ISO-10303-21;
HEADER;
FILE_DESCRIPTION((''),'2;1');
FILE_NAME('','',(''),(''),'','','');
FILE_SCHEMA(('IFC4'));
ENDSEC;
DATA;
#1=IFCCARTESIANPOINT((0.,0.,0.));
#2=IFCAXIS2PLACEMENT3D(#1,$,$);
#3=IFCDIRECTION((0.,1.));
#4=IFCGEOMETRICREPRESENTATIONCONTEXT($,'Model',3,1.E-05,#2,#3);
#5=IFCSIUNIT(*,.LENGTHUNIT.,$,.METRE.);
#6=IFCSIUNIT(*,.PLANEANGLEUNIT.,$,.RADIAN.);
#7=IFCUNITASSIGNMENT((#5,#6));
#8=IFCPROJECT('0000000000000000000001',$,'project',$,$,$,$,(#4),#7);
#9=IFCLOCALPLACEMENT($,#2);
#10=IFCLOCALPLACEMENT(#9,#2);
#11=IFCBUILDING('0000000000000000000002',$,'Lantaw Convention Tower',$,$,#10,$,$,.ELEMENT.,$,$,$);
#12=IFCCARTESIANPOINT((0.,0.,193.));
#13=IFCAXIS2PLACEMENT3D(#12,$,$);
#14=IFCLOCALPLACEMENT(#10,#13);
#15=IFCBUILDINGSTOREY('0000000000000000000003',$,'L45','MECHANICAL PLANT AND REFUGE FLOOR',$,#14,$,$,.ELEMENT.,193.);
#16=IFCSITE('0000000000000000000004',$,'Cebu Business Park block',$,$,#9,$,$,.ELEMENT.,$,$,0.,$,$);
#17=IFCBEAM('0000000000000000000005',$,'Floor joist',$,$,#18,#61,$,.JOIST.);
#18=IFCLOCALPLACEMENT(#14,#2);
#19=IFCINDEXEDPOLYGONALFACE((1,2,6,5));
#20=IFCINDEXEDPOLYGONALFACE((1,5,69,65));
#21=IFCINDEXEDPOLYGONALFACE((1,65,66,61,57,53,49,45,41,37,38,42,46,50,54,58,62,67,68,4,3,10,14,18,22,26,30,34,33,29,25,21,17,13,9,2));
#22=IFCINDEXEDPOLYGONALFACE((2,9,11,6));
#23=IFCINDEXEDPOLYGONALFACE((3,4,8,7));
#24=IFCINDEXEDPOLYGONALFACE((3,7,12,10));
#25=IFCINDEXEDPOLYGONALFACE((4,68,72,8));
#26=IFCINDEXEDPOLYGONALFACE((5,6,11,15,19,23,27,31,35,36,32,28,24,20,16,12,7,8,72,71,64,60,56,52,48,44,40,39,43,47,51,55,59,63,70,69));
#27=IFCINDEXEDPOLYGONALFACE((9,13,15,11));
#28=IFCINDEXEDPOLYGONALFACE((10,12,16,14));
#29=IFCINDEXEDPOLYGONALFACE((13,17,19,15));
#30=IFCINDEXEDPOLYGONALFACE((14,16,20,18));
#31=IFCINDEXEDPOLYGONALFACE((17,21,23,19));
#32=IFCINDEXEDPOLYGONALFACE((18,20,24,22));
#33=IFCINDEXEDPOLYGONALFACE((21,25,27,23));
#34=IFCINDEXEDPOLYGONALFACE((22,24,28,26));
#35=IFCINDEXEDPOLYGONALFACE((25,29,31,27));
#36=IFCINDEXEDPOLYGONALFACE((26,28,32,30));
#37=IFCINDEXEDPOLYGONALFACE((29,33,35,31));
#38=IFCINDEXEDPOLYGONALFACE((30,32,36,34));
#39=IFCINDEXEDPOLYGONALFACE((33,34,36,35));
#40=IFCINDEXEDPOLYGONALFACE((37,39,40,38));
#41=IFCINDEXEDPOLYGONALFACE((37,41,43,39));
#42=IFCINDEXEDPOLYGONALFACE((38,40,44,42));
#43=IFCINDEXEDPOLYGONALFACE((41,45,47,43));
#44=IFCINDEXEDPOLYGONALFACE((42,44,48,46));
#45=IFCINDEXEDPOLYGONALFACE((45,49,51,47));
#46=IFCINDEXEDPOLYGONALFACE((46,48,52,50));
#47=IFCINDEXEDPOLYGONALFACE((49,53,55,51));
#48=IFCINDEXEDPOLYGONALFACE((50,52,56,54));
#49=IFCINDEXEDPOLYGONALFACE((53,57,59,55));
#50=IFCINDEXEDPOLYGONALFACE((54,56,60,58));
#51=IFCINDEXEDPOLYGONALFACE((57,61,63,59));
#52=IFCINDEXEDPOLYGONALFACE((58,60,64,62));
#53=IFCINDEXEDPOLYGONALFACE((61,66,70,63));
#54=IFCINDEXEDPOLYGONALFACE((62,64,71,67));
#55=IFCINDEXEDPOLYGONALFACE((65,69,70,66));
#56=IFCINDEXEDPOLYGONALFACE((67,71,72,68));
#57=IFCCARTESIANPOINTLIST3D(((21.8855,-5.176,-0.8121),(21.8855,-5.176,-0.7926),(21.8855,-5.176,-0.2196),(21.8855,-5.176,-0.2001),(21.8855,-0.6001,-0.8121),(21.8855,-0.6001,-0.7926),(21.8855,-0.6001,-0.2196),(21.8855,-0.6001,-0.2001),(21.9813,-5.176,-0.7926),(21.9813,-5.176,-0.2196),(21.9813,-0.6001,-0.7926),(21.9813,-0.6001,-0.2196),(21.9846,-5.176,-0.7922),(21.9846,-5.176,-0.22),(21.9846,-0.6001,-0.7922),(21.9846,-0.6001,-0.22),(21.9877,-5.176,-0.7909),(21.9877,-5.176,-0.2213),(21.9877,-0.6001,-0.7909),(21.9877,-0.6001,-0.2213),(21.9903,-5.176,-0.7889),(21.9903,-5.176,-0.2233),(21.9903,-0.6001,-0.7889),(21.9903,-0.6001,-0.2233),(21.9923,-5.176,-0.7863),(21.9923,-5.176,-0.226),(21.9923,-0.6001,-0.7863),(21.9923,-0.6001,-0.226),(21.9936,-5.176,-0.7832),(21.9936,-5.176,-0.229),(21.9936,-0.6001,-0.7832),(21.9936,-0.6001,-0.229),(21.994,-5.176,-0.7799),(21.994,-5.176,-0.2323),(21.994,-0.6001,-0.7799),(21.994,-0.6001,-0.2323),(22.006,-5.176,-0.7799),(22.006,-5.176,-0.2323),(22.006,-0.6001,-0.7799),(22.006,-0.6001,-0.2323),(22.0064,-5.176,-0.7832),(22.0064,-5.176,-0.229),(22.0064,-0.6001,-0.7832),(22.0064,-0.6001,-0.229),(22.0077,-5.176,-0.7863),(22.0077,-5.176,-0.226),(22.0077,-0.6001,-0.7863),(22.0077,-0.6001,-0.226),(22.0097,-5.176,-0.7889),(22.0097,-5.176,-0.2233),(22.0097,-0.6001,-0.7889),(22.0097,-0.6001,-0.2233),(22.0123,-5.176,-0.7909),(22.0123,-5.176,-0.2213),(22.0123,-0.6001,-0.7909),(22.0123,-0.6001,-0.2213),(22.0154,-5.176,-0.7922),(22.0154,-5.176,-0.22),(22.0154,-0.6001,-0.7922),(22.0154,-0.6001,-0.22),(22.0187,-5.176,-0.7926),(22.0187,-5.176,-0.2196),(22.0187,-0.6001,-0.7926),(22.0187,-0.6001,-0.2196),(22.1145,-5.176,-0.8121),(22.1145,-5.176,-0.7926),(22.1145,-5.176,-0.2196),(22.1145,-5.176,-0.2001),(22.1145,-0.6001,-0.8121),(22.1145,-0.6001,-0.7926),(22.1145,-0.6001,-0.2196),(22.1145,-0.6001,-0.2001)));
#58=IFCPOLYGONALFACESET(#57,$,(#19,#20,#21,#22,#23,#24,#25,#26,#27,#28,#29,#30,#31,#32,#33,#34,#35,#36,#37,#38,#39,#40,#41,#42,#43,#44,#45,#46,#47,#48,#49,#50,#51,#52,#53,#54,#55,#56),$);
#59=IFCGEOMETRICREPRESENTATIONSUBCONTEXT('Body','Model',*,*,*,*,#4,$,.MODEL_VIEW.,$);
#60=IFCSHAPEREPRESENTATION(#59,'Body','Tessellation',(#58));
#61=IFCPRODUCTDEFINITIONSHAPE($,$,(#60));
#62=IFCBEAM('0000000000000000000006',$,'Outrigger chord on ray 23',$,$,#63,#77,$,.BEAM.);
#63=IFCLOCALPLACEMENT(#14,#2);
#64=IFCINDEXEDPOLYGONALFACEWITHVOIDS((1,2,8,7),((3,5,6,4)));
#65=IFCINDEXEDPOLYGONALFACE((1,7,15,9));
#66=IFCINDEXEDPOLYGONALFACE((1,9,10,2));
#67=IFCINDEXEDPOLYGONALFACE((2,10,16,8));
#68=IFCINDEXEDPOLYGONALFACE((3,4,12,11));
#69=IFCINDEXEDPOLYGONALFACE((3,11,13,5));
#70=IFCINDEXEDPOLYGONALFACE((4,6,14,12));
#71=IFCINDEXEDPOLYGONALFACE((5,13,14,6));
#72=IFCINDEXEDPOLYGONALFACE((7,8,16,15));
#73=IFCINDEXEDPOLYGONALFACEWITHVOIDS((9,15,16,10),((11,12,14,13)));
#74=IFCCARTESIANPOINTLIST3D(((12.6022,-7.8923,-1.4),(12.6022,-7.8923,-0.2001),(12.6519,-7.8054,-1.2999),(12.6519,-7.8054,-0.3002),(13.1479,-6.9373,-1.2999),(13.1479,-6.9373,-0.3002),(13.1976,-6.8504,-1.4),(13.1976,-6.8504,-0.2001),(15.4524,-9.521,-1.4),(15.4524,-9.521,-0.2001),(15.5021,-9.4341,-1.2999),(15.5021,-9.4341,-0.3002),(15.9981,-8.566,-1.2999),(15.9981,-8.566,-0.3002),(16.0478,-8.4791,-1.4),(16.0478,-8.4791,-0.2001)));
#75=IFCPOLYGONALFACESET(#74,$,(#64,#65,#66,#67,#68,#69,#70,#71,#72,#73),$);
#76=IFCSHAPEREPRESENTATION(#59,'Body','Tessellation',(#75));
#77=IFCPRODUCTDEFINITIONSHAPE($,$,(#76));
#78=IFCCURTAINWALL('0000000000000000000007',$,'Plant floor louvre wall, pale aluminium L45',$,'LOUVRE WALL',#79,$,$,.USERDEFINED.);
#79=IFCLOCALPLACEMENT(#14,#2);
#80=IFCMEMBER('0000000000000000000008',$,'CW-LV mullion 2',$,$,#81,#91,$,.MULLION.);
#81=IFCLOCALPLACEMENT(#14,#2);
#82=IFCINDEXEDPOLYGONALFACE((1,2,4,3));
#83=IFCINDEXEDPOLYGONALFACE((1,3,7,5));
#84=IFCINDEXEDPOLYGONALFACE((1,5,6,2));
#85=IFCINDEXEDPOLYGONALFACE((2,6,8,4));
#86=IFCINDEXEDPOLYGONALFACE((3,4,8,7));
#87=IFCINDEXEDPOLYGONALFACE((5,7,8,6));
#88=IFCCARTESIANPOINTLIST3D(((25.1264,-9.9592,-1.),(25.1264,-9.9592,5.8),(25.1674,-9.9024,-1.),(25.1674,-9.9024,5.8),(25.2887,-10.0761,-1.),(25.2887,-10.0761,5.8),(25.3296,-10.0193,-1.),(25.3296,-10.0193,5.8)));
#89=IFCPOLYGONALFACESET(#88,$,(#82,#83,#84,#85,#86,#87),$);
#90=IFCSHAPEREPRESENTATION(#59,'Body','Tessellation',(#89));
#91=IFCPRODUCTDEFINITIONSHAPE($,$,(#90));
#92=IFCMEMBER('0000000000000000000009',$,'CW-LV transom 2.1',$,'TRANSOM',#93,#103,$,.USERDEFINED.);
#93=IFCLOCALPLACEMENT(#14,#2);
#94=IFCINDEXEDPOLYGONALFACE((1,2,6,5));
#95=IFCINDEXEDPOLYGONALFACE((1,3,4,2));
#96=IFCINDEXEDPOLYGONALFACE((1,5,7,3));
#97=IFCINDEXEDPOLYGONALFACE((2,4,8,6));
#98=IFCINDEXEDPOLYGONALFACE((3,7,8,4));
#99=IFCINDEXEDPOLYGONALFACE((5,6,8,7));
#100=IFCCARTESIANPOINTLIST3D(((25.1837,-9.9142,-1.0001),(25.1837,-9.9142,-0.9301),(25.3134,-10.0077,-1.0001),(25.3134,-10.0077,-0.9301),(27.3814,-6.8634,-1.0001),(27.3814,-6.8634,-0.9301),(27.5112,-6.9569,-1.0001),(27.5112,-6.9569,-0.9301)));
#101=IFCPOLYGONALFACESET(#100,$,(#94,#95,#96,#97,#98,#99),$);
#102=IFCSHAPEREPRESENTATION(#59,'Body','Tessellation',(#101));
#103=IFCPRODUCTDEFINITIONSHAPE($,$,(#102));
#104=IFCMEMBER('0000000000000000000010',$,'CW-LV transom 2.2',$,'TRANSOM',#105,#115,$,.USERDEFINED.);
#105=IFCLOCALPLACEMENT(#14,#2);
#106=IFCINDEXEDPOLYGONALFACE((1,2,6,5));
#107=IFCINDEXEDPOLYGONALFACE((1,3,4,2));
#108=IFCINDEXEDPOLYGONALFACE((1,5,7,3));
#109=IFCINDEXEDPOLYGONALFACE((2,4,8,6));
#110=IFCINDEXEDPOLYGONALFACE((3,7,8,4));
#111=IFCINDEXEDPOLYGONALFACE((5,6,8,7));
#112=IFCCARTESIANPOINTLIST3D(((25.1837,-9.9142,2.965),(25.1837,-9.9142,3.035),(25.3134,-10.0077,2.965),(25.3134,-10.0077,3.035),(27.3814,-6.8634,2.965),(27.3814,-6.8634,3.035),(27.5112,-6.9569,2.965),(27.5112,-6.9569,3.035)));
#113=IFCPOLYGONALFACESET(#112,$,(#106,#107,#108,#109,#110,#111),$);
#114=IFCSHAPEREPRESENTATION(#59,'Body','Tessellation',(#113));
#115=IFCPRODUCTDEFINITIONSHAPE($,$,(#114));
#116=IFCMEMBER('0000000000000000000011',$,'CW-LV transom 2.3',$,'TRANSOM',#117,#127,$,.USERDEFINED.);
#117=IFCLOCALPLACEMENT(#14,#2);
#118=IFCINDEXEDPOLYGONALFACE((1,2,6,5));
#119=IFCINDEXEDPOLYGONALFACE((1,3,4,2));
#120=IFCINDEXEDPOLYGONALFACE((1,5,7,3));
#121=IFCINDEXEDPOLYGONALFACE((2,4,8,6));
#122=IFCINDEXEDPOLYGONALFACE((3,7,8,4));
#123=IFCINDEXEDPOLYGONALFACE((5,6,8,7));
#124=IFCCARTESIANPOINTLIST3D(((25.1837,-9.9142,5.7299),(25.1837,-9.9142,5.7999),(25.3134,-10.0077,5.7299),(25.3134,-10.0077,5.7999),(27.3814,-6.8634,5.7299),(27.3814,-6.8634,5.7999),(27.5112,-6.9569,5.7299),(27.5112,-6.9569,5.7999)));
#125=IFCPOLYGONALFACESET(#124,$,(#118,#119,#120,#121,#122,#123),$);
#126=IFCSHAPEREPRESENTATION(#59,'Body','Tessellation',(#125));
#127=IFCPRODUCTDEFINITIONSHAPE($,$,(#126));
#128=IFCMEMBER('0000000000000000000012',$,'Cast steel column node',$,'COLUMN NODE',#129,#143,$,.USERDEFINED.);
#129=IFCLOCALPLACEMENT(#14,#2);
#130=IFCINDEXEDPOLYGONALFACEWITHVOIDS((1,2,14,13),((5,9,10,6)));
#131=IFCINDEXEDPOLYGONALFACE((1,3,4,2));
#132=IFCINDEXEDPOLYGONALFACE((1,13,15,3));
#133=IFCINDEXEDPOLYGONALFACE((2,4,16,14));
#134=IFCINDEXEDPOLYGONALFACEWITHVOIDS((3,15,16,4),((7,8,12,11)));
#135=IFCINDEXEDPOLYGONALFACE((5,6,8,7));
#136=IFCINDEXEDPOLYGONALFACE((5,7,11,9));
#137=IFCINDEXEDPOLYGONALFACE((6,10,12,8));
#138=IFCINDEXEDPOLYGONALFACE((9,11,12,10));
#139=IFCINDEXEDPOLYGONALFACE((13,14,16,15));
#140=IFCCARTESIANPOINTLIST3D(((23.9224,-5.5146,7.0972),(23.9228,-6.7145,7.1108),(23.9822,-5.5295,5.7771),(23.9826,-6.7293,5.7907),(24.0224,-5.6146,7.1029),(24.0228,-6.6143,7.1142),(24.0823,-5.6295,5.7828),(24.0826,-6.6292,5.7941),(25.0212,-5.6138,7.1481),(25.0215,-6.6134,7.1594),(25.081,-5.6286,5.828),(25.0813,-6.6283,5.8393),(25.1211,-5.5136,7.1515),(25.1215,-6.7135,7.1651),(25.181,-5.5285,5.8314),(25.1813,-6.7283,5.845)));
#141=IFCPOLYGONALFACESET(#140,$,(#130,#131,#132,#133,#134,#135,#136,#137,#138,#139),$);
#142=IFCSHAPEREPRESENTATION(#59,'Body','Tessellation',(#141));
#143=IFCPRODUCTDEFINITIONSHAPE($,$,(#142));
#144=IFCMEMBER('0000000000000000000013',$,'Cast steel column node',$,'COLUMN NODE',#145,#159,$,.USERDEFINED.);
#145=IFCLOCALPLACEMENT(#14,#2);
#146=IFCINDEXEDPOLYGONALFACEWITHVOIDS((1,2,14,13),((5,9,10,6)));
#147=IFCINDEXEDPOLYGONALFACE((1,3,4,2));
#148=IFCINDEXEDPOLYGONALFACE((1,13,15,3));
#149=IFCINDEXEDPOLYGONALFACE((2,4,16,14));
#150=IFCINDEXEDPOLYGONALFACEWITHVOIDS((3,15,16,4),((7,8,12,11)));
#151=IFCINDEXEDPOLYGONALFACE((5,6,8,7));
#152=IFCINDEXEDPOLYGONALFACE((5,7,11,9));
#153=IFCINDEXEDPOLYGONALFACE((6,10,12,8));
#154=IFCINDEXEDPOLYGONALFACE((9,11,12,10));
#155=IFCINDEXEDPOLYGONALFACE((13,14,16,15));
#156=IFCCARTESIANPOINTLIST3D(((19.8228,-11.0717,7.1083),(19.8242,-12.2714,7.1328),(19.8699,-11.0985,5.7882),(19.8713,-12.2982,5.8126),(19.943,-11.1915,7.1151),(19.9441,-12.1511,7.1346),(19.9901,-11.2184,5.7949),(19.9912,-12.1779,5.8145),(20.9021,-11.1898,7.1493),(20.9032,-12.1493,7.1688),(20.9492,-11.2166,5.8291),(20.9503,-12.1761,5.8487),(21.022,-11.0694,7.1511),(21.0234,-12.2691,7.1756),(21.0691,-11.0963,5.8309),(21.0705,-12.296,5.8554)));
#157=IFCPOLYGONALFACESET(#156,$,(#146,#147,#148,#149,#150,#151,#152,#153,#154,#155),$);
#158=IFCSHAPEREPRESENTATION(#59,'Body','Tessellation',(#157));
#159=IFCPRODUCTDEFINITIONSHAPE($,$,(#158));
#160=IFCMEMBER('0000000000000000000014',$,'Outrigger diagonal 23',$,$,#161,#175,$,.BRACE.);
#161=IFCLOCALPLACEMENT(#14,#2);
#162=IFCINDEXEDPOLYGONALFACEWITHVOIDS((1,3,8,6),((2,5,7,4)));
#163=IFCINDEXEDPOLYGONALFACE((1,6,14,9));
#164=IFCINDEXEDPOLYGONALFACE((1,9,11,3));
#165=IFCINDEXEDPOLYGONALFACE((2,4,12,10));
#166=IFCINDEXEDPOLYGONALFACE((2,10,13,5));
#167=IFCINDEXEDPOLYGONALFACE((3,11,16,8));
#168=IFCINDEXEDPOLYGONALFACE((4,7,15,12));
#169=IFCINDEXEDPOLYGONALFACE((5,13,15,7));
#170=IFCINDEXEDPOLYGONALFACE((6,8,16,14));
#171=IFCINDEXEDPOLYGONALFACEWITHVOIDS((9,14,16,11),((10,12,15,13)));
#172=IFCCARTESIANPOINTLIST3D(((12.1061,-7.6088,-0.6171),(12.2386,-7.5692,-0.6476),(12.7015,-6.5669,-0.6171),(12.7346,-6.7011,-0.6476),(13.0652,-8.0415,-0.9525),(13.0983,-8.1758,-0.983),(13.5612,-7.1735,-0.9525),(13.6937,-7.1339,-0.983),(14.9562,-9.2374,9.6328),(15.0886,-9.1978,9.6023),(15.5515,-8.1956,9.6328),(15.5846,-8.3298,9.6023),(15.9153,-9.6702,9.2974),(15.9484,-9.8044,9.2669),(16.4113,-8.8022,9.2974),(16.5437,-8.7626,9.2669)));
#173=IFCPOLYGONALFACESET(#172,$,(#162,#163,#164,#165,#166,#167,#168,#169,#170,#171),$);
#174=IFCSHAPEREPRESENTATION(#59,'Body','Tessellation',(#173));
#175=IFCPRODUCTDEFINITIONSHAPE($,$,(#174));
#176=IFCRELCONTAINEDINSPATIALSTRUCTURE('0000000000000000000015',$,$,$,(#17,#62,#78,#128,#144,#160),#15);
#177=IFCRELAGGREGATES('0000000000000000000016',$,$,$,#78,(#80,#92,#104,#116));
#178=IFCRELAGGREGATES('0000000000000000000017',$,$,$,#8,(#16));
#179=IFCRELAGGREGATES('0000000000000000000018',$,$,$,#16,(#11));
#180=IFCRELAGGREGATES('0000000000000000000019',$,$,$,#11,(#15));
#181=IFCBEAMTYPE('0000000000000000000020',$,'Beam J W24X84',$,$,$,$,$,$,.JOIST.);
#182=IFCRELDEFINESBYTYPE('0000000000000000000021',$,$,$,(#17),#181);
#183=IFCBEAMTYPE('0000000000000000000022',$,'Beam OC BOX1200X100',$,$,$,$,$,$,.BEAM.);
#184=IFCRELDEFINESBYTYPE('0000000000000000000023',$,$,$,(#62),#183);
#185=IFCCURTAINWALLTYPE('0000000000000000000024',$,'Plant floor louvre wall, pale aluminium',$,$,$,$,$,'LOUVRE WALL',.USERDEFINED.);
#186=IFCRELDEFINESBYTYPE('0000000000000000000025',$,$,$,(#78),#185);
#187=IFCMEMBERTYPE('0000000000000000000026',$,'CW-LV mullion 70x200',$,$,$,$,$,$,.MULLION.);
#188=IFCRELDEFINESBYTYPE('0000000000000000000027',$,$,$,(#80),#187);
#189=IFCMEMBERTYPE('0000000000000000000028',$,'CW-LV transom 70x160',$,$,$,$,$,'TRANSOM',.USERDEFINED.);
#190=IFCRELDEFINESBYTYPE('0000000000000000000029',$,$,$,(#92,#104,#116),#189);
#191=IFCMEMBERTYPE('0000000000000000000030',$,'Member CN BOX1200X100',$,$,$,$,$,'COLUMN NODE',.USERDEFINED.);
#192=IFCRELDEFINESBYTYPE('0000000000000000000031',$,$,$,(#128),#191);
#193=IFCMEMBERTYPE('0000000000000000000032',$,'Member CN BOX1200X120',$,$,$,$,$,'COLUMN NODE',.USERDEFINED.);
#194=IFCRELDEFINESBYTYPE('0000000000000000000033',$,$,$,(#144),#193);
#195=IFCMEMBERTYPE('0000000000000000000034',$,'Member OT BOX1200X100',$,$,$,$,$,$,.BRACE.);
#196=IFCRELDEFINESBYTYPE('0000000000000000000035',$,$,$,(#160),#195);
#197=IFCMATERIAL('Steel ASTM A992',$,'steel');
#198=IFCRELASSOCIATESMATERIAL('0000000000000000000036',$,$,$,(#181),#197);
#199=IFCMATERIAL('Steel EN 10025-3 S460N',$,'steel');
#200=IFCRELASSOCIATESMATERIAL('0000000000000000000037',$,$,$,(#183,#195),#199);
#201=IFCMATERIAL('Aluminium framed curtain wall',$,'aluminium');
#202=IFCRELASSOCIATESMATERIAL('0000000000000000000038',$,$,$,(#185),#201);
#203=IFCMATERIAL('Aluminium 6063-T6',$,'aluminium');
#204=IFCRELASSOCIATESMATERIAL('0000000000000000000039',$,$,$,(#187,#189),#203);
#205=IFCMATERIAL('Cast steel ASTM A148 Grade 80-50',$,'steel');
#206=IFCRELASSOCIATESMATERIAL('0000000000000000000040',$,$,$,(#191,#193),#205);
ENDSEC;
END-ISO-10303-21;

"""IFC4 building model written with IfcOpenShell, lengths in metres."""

from ifc_helpers import new_model, si_unit, direction, frame, origin, origin_2d, place, context, subcontext, project, spatial, rectangle, hollow_rectangle, i_section, extrude, material, material_profile, profile_set, type_object, element, aggregate, save


model = new_model("IFC4")

# Units and contexts
model_context = context("Model", 3, precision=1e-05, world=origin(), true_north=direction((0.0, 1.0)))
body_context = subcontext(model_context, "Body", "Model", "MODEL_VIEW")
ifc_project = project(units=[si_unit("LENGTHUNIT", "METRE"), si_unit("PLANEANGLEUNIT", "RADIAN")], contexts=[model_context])

# Site, building, storey
site_placement = place(None, origin())
site = spatial("IfcSite", under=ifc_project, at=site_placement, Name="Cebu Business Park block", CompositionType="ELEMENT", RefElevation=0.0)
building_placement = place(site_placement, origin())
building = spatial("IfcBuilding", under=site, at=building_placement, Name="Lantaw Convention Tower", CompositionType="ELEMENT")
storey_placement = place(building_placement, frame((0.0, 0.0, 193.0)))
storey = spatial("IfcBuildingStorey", under=building, at=storey_placement, Name="L45", Description="MECHANICAL PLANT AND REFUGE FLOOR", CompositionType="ELEMENT", Elevation=193.0)

# Shared definitions
ifc_material_1 = material(Name="Steel EN 10025-3 S460N", Category="steel")

# Beams
ifc_material_2 = material(Name="Steel ASTM A992", Category="steel")
ifc_material_profile_1 = material_profile(ifc_material_2, i_section(OverallWidth=0.229, OverallDepth=0.6121, WebThickness=0.012, FlangeThickness=0.0195, FilletRadius=0.0127, at=origin_2d()), Name="W24X84")
ifc_profile_set_1 = profile_set([ifc_material_profile_1], Name="Steel ASTM A992")
beam_type_1 = type_object("IfcBeamType", Name="Beam J W24X84", PredefinedType="JOIST", material=ifc_profile_set_1)
beam_1_placement = place(storey_placement, frame((22.0, -5.176, -0.5061), z_axis=(0.0, 1.0, 0.0), x_axis=(-1.0, 0.0, 0.0)))
element("IfcBeam", 1, at=beam_1_placement, inside=storey, type_object=beam_type_1, Name="Floor joist", PredefinedType="JOIST", context=body_context, shape_type="SweptSolid", body=[
    extrude(i_section(OverallWidth=0.229, OverallDepth=0.6121, WebThickness=0.012, FlangeThickness=0.0195, FilletRadius=0.0127, at=origin_2d()), origin(), (0.0, 0.0, 1.0), 4.5759),
])
ifc_material_profile_2 = material_profile(ifc_material_1, hollow_rectangle(XDim=1.2, YDim=1.2, WallThickness=0.1001, at=origin_2d()), Name="BOX1200X100")
ifc_profile_set_2 = profile_set([ifc_material_profile_2], Name="Steel EN 10025-3 S460N")
beam_type_2 = type_object("IfcBeamType", Name="Beam OC BOX1200X100", PredefinedType="BEAM", material=ifc_profile_set_2)
beam_2_placement = place(storey_placement, frame((12.8999, -7.3713, -0.8), z_axis=(0.868239, -0.496147, 0.0), x_axis=(0.496147, 0.868239, 0.0)))
element("IfcBeam", 2, at=beam_2_placement, inside=storey, type_object=beam_type_2, Name="Outrigger chord on ray 23", PredefinedType="BEAM", context=body_context, shape_type="SweptSolid", body=[
    extrude(hollow_rectangle(XDim=1.2, YDim=1.2, WallThickness=0.1001, at=origin_2d()), origin(), (0.0, 0.0, 1.0), 3.2827),
])

# Curtain wall, members
ifc_material_3 = material(Name="Aluminium framed curtain wall", Category="aluminium")
curtain_wall_type = type_object("IfcCurtainWallType", Name="Plant floor louvre wall, pale aluminium", ElementType="LOUVRE WALL", PredefinedType="USERDEFINED", material=ifc_material_3)
curtain_wall_placement = place(storey_placement, origin())
curtain_wall = element("IfcCurtainWall", 3, at=curtain_wall_placement, inside=storey, type_object=curtain_wall_type, Name="Plant floor louvre wall, pale aluminium L45", ObjectType="LOUVRE WALL", PredefinedType="USERDEFINED")
ifc_material_4 = material(Name="Aluminium 6063-T6", Category="aluminium")
ifc_material_profile_3 = material_profile(ifc_material_4, rectangle(XDim=0.2, YDim=0.0701, at=origin_2d()), Name="CW-LV mullion 70x200")
ifc_profile_set_3 = profile_set([ifc_material_profile_3], Name="Aluminium 6063-T6")
member_type_1 = type_object("IfcMemberType", Name="CW-LV mullion 70x200", PredefinedType="MULLION", material=ifc_profile_set_3)
member_1_placement = place(storey_placement, frame((25.228, -9.9893, -1.0), z_axis=(0.0, 0.0, 1.0), x_axis=(-0.811385, 0.584513, 0.0)))
member_1 = element("IfcMember", 4, at=member_1_placement, type_object=member_type_1, Name="CW-LV mullion 2", PredefinedType="MULLION", context=body_context, shape_type="SweptSolid", body=[
    extrude(rectangle(XDim=0.2, YDim=0.0701, at=origin_2d()), origin(), (0.0, 0.0, 1.0), 6.8),
])
ifc_material_profile_4 = material_profile(ifc_material_4, rectangle(XDim=0.1599, YDim=0.0701, at=origin_2d()), Name="CW-LV transom 70x160")
ifc_profile_set_4 = profile_set([ifc_material_profile_4], Name="Aluminium 6063-T6")
member_type_2 = type_object("IfcMemberType", Name="CW-LV transom 70x160", ElementType="TRANSOM", PredefinedType="USERDEFINED", material=ifc_profile_set_4)
member_2_placement = place(storey_placement, frame((25.2485, -9.9609, -0.9651), z_axis=(0.584513, 0.811384, 0.0), x_axis=(-0.811384, 0.584513, 0.0)))
member_2 = element("IfcMember", 5, at=member_2_placement, type_object=member_type_2, Name="CW-LV transom 2.1", ObjectType="TRANSOM", PredefinedType="USERDEFINED", context=body_context, shape_type="SweptSolid", body=[
    extrude(rectangle(XDim=0.1599, YDim=0.0701, at=origin_2d()), origin(), (0.0, 0.0, 1.0), 3.76),
])
member_3_placement = place(storey_placement, frame((25.2485, -9.9609, 3.0), z_axis=(0.584513, 0.811384, 0.0), x_axis=(-0.811384, 0.584513, 0.0)))
member_3 = element("IfcMember", 6, at=member_3_placement, type_object=member_type_2, Name="CW-LV transom 2.2", ObjectType="TRANSOM", PredefinedType="USERDEFINED", context=body_context, shape_type="SweptSolid", body=[
    extrude(rectangle(XDim=0.1599, YDim=0.0701, at=origin_2d()), origin(), (0.0, 0.0, 1.0), 3.76),
])
member_4_placement = place(storey_placement, frame((25.2485, -9.9609, 5.7649), z_axis=(0.584513, 0.811384, 0.0), x_axis=(-0.811384, 0.584513, 0.0)))
member_4 = element("IfcMember", 7, at=member_4_placement, type_object=member_type_2, Name="CW-LV transom 2.3", ObjectType="TRANSOM", PredefinedType="USERDEFINED", context=body_context, shape_type="SweptSolid", body=[
    extrude(rectangle(XDim=0.1599, YDim=0.0701, at=origin_2d()), origin(), (0.0, 0.0, 1.0), 3.76),
])

# Members
ifc_material_5 = material(Name="Cast steel ASTM A148 Grade 80-50", Category="steel")
ifc_material_profile_5 = material_profile(ifc_material_5, hollow_rectangle(XDim=1.2, YDim=1.2, WallThickness=0.1001, at=origin_2d()), Name="BOX1200X100")
ifc_profile_set_5 = profile_set([ifc_material_profile_5], Name="Cast steel ASTM A148 Grade 80-50")
member_type_3 = type_object("IfcMemberType", Name="Member CN BOX1200X100", ElementType="COLUMN NODE", PredefinedType="USERDEFINED", material=ifc_profile_set_5)
member_5_placement = place(storey_placement, frame((24.5818, -6.1289, 5.811), z_axis=(-0.045262, 0.011269, 0.998912), x_axis=(0.998975, 0.000833, 0.045256)))
element("IfcMember", 8, at=member_5_placement, inside=storey, type_object=member_type_3, Name="Cast steel column node", ObjectType="COLUMN NODE", PredefinedType="USERDEFINED", context=body_context, shape_type="SweptSolid", body=[
    extrude(hollow_rectangle(XDim=1.2, YDim=1.2, WallThickness=0.1001, at=origin_2d()), origin(), (0.0, 0.0, 1.0), 1.3215),
])
ifc_material_profile_6 = material_profile(ifc_material_5, hollow_rectangle(XDim=1.2, YDim=1.2, WallThickness=0.1201, at=origin_2d()), Name="BOX1200X120")
ifc_profile_set_6 = profile_set([ifc_material_profile_6], Name="Cast steel ASTM A148 Grade 80-50")
member_type_4 = type_object("IfcMemberType", Name="Member CN BOX1200X120", ElementType="COLUMN NODE", PredefinedType="USERDEFINED", material=ifc_profile_set_6)
member_6_placement = place(storey_placement, frame((20.4702, -11.6973, 5.8218), z_axis=(-0.035664, 0.020327, 0.999157), x_axis=(0.999363, 0.001854, 0.035634)))
element("IfcMember", 9, at=member_6_placement, inside=storey, type_object=member_type_4, Name="Cast steel column node", ObjectType="COLUMN NODE", PredefinedType="USERDEFINED", context=body_context, shape_type="SweptSolid", body=[
    extrude(hollow_rectangle(XDim=1.2, YDim=1.2, WallThickness=0.1201, at=origin_2d()), origin(), (0.0, 0.0, 1.0), 1.3213),
])
ifc_material_profile_7 = material_profile(ifc_material_1, hollow_rectangle(XDim=1.2, YDim=1.2, WallThickness=0.1001, at=origin_2d()), Name="BOX1200X100")
ifc_profile_set_7 = profile_set([ifc_material_profile_7], Name="Steel EN 10025-3 S460N")
member_type_5 = type_object("IfcMemberType", Name="Member OT BOX1200X100", PredefinedType="BRACE", material=ifc_profile_set_7)
member_7_placement = place(storey_placement, frame((12.8999, -7.3713, -0.8), z_axis=(0.26481, -0.151323, 0.952353), x_axis=(0.496147, 0.868239, 0.0)))
element("IfcMember", 10, at=member_7_placement, inside=storey, type_object=member_type_5, Name="Outrigger diagonal 23", PredefinedType="BRACE", context=body_context, shape_type="SweptSolid", body=[
    extrude(hollow_rectangle(XDim=1.2, YDim=1.2, WallThickness=0.1001, at=origin_2d()), origin(), (0.0, 0.0, 1.0), 10.7627),
])

aggregate(curtain_wall, [member_1, member_2, member_3, member_4])

save(model, "model.ifc")
